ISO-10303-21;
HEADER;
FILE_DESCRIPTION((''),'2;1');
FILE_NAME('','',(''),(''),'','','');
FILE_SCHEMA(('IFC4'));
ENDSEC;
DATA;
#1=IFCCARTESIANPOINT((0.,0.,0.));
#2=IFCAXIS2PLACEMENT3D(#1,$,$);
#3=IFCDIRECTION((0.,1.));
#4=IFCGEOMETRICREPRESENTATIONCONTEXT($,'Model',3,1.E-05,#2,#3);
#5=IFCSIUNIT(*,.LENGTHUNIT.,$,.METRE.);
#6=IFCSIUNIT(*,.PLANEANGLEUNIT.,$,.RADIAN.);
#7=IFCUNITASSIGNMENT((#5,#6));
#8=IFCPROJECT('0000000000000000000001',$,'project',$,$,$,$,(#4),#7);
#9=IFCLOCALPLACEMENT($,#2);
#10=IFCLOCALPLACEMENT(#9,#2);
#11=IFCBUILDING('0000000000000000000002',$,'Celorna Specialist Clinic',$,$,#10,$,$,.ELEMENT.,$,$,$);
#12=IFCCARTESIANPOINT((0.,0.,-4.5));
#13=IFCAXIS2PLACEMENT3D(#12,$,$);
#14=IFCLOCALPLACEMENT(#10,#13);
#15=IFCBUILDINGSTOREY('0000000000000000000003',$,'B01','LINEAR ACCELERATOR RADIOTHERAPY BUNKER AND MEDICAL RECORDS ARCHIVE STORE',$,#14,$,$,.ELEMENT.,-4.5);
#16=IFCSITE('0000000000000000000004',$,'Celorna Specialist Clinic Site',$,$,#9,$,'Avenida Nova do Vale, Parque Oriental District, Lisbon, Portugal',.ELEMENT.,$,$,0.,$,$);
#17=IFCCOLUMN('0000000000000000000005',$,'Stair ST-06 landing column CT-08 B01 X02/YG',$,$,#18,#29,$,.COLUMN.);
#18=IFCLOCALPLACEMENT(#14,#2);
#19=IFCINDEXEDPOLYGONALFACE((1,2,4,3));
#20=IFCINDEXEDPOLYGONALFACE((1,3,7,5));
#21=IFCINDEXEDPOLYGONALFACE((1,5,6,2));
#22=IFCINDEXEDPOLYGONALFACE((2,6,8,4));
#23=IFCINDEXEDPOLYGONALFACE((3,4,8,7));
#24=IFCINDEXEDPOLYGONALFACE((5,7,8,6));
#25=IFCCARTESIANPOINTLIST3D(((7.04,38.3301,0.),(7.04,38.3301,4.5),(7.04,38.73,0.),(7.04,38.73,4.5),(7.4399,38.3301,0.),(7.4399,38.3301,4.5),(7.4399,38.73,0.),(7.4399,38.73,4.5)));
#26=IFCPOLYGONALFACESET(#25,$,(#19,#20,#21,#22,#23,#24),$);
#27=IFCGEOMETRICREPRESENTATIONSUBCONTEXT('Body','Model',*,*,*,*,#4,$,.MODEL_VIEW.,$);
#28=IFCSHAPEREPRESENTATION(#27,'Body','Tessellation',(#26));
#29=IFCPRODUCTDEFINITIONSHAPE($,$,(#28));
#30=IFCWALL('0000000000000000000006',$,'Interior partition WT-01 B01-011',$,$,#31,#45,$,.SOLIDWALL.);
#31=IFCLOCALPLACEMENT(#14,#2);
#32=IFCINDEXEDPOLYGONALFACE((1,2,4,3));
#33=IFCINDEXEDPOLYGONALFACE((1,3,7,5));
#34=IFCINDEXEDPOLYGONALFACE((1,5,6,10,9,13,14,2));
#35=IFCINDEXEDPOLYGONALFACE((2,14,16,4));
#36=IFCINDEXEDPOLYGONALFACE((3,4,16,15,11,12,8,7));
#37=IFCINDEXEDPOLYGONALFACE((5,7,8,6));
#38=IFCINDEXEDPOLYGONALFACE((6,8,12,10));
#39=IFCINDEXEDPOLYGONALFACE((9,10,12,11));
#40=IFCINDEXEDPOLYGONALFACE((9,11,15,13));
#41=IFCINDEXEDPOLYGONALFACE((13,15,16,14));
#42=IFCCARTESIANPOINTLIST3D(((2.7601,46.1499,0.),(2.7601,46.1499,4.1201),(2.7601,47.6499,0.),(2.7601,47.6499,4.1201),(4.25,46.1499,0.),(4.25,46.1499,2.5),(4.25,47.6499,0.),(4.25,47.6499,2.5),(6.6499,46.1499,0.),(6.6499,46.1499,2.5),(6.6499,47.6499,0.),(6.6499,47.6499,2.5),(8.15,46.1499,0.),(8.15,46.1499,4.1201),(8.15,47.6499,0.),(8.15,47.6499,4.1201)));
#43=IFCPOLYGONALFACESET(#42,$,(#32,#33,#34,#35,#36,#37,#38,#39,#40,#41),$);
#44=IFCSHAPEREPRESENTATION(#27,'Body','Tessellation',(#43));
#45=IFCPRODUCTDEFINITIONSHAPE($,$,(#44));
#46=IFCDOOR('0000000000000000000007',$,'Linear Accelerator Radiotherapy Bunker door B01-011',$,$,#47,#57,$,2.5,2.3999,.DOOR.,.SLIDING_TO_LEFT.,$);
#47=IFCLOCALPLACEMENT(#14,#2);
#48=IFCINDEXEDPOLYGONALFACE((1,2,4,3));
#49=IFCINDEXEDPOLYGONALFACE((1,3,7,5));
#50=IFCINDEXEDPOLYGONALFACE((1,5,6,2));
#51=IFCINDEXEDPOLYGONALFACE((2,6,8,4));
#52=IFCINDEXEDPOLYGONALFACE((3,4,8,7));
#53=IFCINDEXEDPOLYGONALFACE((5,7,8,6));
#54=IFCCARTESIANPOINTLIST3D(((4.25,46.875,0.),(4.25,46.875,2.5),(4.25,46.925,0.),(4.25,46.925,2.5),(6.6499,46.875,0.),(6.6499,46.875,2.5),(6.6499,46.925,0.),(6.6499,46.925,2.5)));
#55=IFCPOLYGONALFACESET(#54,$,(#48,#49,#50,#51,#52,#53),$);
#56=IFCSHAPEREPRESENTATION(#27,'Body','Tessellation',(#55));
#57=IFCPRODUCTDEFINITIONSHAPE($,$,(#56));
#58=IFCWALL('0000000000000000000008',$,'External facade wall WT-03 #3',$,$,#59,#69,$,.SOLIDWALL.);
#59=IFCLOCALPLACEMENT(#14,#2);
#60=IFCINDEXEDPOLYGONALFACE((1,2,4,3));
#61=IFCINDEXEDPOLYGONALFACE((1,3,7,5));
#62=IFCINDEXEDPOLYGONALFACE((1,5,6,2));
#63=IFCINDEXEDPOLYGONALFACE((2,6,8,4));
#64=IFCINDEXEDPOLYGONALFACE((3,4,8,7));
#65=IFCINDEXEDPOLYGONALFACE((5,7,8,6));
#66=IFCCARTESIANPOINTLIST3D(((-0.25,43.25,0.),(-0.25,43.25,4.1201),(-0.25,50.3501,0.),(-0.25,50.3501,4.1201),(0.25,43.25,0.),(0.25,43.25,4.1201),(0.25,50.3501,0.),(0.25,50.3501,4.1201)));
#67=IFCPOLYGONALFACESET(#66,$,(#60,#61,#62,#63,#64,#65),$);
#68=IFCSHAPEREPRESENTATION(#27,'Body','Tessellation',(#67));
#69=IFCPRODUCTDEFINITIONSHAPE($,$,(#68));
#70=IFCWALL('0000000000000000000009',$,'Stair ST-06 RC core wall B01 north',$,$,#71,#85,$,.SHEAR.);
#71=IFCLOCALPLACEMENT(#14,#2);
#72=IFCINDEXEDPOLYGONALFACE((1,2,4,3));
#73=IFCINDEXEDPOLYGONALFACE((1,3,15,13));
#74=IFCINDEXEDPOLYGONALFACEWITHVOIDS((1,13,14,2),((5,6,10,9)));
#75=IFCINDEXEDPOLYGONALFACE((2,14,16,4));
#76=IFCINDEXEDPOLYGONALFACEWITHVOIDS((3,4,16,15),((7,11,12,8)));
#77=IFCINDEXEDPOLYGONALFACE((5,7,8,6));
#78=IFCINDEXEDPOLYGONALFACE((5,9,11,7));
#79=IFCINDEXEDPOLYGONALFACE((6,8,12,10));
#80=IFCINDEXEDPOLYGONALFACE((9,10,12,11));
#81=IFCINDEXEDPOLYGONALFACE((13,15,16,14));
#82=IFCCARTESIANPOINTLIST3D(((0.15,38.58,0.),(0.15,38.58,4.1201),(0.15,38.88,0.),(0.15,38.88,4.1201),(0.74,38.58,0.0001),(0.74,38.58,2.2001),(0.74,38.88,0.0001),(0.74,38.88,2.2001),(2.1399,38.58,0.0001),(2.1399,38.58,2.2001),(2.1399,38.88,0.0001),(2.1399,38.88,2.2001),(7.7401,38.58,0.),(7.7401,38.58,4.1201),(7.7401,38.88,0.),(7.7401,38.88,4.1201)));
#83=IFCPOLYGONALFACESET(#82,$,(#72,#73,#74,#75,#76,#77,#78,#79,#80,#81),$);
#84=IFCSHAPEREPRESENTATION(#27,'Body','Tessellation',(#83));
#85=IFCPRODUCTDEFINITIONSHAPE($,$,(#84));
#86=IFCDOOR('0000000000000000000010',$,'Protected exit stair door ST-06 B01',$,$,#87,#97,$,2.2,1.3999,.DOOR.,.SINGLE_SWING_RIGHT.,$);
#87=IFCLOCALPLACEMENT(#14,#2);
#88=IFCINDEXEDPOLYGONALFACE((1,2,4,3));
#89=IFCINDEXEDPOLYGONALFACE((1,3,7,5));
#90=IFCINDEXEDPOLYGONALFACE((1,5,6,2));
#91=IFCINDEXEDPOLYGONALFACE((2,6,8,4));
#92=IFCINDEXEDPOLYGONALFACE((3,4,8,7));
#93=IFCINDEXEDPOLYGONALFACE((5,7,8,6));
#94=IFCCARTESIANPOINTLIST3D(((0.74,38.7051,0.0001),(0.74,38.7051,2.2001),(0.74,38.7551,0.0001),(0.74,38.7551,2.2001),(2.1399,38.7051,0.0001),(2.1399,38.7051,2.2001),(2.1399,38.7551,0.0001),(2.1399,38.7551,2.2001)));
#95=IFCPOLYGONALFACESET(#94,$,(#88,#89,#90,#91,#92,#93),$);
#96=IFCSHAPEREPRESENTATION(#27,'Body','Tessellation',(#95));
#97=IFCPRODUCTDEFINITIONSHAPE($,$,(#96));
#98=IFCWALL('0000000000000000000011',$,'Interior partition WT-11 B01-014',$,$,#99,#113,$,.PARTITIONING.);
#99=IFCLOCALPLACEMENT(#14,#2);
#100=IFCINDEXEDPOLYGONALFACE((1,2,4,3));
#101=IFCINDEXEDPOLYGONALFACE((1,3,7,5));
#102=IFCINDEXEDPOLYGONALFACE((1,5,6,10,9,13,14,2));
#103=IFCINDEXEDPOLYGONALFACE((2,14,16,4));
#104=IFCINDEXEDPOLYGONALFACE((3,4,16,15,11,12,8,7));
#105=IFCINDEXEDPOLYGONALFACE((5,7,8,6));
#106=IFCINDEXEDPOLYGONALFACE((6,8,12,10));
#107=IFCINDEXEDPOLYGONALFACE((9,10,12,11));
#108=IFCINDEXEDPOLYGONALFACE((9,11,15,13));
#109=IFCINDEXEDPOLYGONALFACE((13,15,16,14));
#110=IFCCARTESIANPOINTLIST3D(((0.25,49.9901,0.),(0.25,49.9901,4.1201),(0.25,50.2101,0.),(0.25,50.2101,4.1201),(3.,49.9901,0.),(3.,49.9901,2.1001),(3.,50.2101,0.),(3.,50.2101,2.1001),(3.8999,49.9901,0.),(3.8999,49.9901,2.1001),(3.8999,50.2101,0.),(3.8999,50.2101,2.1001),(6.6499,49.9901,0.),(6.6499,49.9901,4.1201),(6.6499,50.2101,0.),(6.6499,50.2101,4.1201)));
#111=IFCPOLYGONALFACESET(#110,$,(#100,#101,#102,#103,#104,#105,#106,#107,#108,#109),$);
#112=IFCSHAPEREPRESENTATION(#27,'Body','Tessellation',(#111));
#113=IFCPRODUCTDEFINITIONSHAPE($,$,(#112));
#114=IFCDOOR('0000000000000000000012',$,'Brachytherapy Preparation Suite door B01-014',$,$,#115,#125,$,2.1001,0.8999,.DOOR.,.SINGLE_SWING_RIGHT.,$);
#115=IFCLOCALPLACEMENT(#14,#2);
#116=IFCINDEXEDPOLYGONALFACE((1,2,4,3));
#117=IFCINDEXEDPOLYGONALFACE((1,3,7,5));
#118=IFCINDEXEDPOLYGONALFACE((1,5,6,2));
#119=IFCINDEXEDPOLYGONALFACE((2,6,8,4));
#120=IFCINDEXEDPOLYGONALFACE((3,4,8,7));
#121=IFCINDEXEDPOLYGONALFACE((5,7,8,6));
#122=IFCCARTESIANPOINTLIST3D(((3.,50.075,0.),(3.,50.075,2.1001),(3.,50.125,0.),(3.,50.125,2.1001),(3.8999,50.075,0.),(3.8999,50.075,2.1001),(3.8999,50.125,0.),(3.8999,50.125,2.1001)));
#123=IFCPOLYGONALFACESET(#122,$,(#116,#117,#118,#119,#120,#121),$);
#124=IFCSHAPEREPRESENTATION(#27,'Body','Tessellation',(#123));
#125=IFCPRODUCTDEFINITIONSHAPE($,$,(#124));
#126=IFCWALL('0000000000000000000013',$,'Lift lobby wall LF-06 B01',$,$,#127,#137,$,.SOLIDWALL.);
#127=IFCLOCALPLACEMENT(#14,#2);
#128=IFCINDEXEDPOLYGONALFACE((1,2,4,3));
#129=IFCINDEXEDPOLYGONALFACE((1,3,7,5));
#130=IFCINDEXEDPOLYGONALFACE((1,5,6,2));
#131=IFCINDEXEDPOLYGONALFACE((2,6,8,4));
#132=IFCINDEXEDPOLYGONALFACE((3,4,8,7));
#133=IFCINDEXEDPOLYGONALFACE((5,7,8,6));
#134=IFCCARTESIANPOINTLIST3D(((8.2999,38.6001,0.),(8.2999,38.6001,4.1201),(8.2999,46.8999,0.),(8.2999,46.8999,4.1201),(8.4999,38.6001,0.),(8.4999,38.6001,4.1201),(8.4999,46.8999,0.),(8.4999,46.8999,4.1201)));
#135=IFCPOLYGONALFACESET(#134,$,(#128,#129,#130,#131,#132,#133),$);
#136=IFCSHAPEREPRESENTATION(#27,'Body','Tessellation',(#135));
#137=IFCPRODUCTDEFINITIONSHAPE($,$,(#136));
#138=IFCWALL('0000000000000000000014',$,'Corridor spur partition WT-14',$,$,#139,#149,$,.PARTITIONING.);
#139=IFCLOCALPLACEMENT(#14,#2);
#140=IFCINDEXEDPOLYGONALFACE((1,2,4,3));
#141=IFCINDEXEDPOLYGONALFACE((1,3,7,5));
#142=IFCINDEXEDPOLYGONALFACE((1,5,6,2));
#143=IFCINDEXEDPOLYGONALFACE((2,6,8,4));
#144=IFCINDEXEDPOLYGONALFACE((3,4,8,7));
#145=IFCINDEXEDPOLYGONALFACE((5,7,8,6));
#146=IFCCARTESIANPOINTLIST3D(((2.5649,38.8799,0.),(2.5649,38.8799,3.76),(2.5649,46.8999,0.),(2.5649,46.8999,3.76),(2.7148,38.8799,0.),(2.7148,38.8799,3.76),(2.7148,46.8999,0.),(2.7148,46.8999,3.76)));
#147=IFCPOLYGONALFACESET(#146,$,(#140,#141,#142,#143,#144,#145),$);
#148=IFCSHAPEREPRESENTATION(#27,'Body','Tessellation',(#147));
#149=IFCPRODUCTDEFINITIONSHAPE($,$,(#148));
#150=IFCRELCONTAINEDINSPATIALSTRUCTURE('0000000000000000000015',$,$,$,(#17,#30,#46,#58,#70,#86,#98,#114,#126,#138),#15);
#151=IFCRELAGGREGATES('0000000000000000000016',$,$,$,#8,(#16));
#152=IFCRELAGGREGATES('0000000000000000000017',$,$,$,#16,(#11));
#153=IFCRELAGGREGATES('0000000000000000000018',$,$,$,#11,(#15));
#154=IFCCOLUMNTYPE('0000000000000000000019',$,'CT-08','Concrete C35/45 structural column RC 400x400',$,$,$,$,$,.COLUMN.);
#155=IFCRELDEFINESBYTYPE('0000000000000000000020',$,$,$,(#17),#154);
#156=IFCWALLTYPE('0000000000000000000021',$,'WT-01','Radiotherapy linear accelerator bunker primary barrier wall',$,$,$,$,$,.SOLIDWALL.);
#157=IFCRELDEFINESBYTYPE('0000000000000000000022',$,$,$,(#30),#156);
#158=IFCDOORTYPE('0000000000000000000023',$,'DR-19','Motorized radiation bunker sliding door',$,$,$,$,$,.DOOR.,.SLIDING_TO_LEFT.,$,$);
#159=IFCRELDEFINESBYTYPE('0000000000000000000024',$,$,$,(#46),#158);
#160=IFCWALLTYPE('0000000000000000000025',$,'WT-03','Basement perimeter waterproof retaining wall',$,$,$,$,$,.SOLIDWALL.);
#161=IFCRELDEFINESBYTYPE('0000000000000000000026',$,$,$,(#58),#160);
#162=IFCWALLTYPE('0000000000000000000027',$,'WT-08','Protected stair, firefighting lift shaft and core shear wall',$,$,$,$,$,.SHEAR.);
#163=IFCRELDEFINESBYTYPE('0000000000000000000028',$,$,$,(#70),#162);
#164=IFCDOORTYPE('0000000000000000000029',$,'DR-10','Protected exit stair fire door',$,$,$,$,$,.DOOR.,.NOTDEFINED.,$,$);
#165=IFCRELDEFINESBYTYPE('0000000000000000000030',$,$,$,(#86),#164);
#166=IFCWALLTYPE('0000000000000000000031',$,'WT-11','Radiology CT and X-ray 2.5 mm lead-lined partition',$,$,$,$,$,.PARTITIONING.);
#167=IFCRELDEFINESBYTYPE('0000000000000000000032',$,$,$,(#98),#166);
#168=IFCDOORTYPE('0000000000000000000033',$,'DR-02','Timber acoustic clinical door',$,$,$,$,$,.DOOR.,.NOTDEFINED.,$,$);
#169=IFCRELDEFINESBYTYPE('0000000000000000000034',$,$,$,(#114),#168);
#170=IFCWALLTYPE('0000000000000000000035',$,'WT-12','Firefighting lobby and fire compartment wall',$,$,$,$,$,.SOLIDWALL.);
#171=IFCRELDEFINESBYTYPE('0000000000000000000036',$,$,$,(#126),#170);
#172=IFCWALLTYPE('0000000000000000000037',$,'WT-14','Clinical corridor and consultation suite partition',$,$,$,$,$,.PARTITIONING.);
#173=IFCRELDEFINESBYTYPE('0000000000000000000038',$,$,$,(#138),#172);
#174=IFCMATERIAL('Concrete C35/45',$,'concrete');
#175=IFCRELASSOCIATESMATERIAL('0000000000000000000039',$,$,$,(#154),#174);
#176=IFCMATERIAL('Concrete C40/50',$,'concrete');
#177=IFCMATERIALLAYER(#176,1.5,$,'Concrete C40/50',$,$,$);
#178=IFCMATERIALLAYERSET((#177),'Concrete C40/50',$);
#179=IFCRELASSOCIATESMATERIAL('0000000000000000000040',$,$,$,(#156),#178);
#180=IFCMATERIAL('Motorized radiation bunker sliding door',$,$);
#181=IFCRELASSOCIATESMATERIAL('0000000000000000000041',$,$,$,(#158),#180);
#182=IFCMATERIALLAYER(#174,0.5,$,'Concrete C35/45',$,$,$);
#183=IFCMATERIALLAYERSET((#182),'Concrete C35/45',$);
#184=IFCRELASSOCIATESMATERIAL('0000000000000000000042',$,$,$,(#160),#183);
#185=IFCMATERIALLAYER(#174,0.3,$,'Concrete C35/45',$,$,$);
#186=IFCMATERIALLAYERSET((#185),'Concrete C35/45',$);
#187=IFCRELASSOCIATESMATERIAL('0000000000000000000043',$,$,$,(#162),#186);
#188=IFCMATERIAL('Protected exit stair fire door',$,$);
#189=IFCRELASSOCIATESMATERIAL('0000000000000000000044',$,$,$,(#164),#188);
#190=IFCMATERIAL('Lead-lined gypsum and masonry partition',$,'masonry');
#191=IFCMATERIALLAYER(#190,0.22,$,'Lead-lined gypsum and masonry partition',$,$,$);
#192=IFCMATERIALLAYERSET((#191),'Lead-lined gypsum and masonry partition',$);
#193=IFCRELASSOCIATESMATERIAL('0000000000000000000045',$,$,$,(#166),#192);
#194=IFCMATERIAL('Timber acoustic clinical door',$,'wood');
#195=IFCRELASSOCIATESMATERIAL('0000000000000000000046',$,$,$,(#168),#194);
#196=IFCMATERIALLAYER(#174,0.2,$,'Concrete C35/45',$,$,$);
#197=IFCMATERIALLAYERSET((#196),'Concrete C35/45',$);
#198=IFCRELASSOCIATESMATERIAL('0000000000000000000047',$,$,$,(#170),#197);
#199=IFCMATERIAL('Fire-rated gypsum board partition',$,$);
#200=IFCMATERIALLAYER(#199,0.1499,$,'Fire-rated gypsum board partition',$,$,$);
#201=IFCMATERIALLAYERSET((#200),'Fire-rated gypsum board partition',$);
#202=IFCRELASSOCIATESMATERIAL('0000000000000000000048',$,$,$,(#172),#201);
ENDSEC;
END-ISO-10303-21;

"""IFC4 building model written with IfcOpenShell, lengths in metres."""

from ifc_helpers import new_model, si_unit, direction, frame, frame_2d, origin, origin_2d, place, context, subcontext, project, spatial, rectangle, extrude, material, layer, layer_set, material_profile, profile_set, type_object, element, fill, save


model = new_model("IFC4")

# Units and contexts
model_context = context("Model", 3, precision=1e-05, world=origin(), true_north=direction((0.0, 1.0)))
body_context = subcontext(model_context, "Body", "Model", "MODEL_VIEW")
ifc_project = project(units=[si_unit("LENGTHUNIT", "METRE"), si_unit("PLANEANGLEUNIT", "RADIAN")], contexts=[model_context])

# Site, building, storey
site_placement = place(None, origin())
site = spatial("IfcSite", under=ifc_project, at=site_placement, Name="Celorna Specialist Clinic Site", LongName="Avenida Nova do Vale, Parque Oriental District, Lisbon, Portugal", CompositionType="ELEMENT", RefElevation=0.0)
building_placement = place(site_placement, origin())
building = spatial("IfcBuilding", under=site, at=building_placement, Name="Celorna Specialist Clinic", CompositionType="ELEMENT")
storey_placement = place(building_placement, frame((0.0, 0.0, -4.5)))
storey = spatial("IfcBuildingStorey", under=building, at=storey_placement, Name="B01", Description="LINEAR ACCELERATOR RADIOTHERAPY BUNKER AND MEDICAL RECORDS ARCHIVE STORE", CompositionType="ELEMENT", Elevation=-4.5)

# Shared definitions
ifc_material_1 = material(Name="Concrete C35/45", Category="concrete")

# Column
ifc_material_2 = material(Name="Concrete C40/50", Category="concrete")
ifc_material_profile_1 = material_profile(ifc_material_1, rectangle(XDim=0.3999, YDim=0.3999, at=origin_2d()), Name="RC 400x400")
ifc_profile_set_1 = profile_set([ifc_material_profile_1], Name="Concrete C35/45")
column_type_1 = type_object("IfcColumnType", Name="CT-08", Description="Concrete C35/45 structural column RC 400x400", PredefinedType="COLUMN", material=ifc_profile_set_1)
for number, where, z_axis, x_axis, name in (
    (1, (7.24, 38.53, 0.0), (0.0, 0.0, 1.0), (1.0, 0.0, 0.0), "Stair ST-06 landing column CT-08 B01 X02/YG"),
):
    element("IfcColumn", number, at=place(storey_placement, frame(where, z_axis=z_axis, x_axis=x_axis)), inside=storey, type_object=column_type_1, Name=name, PredefinedType="COLUMN", context=body_context, shape_type="SweptSolid", body=[
        extrude(rectangle(XDim=0.3999, YDim=0.3999, at=origin_2d()), origin(), (0.0, 0.0, 1.0), 4.5),
    ])

# Wall, opening, door
ifc_layer_1 = layer(ifc_material_2, 1.5, Name="Concrete C40/50")
ifc_layer_set_1 = layer_set([ifc_layer_1], Name="Concrete C40/50")
wall_type_1 = type_object("IfcWallType", Name="WT-01", Description="Radiotherapy linear accelerator bunker primary barrier wall", PredefinedType="SOLIDWALL", material=ifc_layer_set_1)
wall_1_placement = place(storey_placement, frame((8.1499, 46.8999, 0.0), z_axis=(0.0, 0.0, 1.0), x_axis=(-1.0, 0.0, 0.0)))
wall_1 = element("IfcWall", 2, at=wall_1_placement, inside=storey, type_object=wall_type_1, Name="Interior partition WT-01 B01-011", PredefinedType="SOLIDWALL", context=body_context, shape_type="SweptSolid", body=[
    extrude(rectangle(XDim=5.3899, YDim=1.5, at=frame_2d((2.6948, 0.0))), origin(), (0.0, 0.0, 1.0), 4.1201),
])
opening_1_placement = place(wall_1_placement, frame((1.5, 0.0, 0.0)))
opening_1 = element("IfcOpeningElement", 3, at=opening_1_placement, cuts=wall_1, PredefinedType="OPENING", context=body_context, shape_type="SweptSolid", body=[
    extrude(rectangle(XDim=2.3999, YDim=2.5, at=frame_2d((1.2, 1.25))), frame((0.0, 0.76, 0.0), z_axis=(0.0, -1.0, 0.0), x_axis=(1.0, 0.0, 0.0)), (0.0, 0.0, 1.0), 1.52),
])
ifc_material_3 = material(Name="Motorized radiation bunker sliding door")
door_type_1 = type_object("IfcDoorType", Name="DR-19", Description="Motorized radiation bunker sliding door", OperationType="SLIDING_TO_LEFT", PredefinedType="DOOR", material=ifc_material_3)
door_1_placement = place(opening_1_placement, origin())
door_1 = element("IfcDoor", 4, at=door_1_placement, inside=storey, type_object=door_type_1, Name="Linear Accelerator Radiotherapy Bunker door B01-011", OperationType="SLIDING_TO_LEFT", OverallHeight=2.5, OverallWidth=2.3999, PredefinedType="DOOR", context=body_context, shape_type="SweptSolid", body=[
    extrude(rectangle(XDim=2.3999, YDim=2.5, at=frame_2d((1.2, 1.25))), frame((0.0, 0.0249, 0.0), z_axis=(0.0, -1.0, 0.0), x_axis=(1.0, 0.0, 0.0)), (0.0, 0.0, 1.0), 0.05),
])
fill(opening_1, door_1)

# Wall
ifc_layer_2 = layer(ifc_material_1, 0.5, Name="Concrete C35/45")
ifc_layer_set_2 = layer_set([ifc_layer_2], Name="Concrete C35/45")
wall_type_2 = type_object("IfcWallType", Name="WT-03", Description="Basement perimeter waterproof retaining wall", PredefinedType="SOLIDWALL", material=ifc_layer_set_2)
wall_2_placement = place(storey_placement, frame((0.0, 43.25, 0.0), z_axis=(0.0, 0.0, 1.0), x_axis=(0.0, 1.0, 0.0)))
element("IfcWall", 5, at=wall_2_placement, inside=storey, type_object=wall_type_2, Name="External facade wall WT-03 #3", PredefinedType="SOLIDWALL", context=body_context, shape_type="SweptSolid", body=[
    extrude(rectangle(XDim=7.1001, YDim=0.5, at=frame_2d((3.55, 0.0))), origin(), (0.0, 0.0, 1.0), 4.1201),
])

# Walls, openings, doors
ifc_layer_3 = layer(ifc_material_1, 0.3, Name="Concrete C35/45")
ifc_layer_set_3 = layer_set([ifc_layer_3], Name="Concrete C35/45")
wall_type_3 = type_object("IfcWallType", Name="WT-08", Description="Protected stair, firefighting lift shaft and core shear wall", PredefinedType="SHEAR", material=ifc_layer_set_3)
wall_3_placement = place(storey_placement, frame((7.74, 38.73, 0.0), z_axis=(0.0, 0.0, 1.0), x_axis=(-1.0, 0.0, 0.0)))
wall_3 = element("IfcWall", 6, at=wall_3_placement, inside=storey, type_object=wall_type_3, Name="Stair ST-06 RC core wall B01 north", PredefinedType="SHEAR", context=body_context, shape_type="SweptSolid", body=[
    extrude(rectangle(XDim=7.5901, YDim=0.3, at=frame_2d((3.7949, 0.0))), origin(), (0.0, 0.0, 1.0), 4.1201),
])
opening_2_placement = place(wall_3_placement, frame((5.6001, 0.0, 0.0)))
opening_2 = element("IfcOpeningElement", 7, at=opening_2_placement, cuts=wall_3, PredefinedType="OPENING", context=body_context, shape_type="SweptSolid", body=[
    extrude(rectangle(XDim=1.3999, YDim=2.2, at=frame_2d((0.7, 1.1001))), frame((0.0, 0.1599, 0.0), z_axis=(0.0, -1.0, 0.0), x_axis=(1.0, 0.0, 0.0)), (0.0, 0.0, 1.0), 0.3201),
])
ifc_material_4 = material(Name="Protected exit stair fire door")
door_type_2 = type_object("IfcDoorType", Name="DR-10", Description="Protected exit stair fire door", OperationType="NOTDEFINED", PredefinedType="DOOR", material=ifc_material_4)
door_2_placement = place(opening_2_placement, origin())
door_2 = element("IfcDoor", 8, at=door_2_placement, inside=storey, type_object=door_type_2, Name="Protected exit stair door ST-06 B01", OperationType="SINGLE_SWING_RIGHT", OverallHeight=2.2, OverallWidth=1.3999, PredefinedType="DOOR", context=body_context, shape_type="SweptSolid", body=[
    extrude(rectangle(XDim=1.3999, YDim=2.2, at=frame_2d((0.7, 1.1001))), frame((0.0, 0.0249, 0.0), z_axis=(0.0, -1.0, 0.0), x_axis=(1.0, 0.0, 0.0)), (0.0, 0.0, 1.0), 0.05),
])
fill(opening_2, door_2)
ifc_material_5 = material(Name="Lead-lined gypsum and masonry partition", Category="masonry")
ifc_layer_4 = layer(ifc_material_5, 0.22, Name="Lead-lined gypsum and masonry partition")
ifc_layer_set_4 = layer_set([ifc_layer_4], Name="Lead-lined gypsum and masonry partition")
wall_type_4 = type_object("IfcWallType", Name="WT-11", Description="Radiology CT and X-ray 2.5 mm lead-lined partition", PredefinedType="PARTITIONING", material=ifc_layer_set_4)
wall_4_placement = place(storey_placement, frame((0.25, 50.1001, 0.0), z_axis=(0.0, 0.0, 1.0), x_axis=(1.0, 0.0, 0.0)))
wall_4 = element("IfcWall", 9, at=wall_4_placement, inside=storey, type_object=wall_type_4, Name="Interior partition WT-11 B01-014", PredefinedType="PARTITIONING", context=body_context, shape_type="SweptSolid", body=[
    extrude(rectangle(XDim=6.3999, YDim=0.22, at=frame_2d((3.2, 0.0))), origin(), (0.0, 0.0, 1.0), 4.1201),
])
opening_3_placement = place(wall_4_placement, frame((2.75, 0.0, 0.0)))
opening_3 = element("IfcOpeningElement", 10, at=opening_3_placement, cuts=wall_4, PredefinedType="OPENING", context=body_context, shape_type="SweptSolid", body=[
    extrude(rectangle(XDim=0.8999, YDim=2.1001, at=frame_2d((0.45, 1.05))), frame((0.0, 0.1199, 0.0), z_axis=(0.0, -1.0, 0.0), x_axis=(1.0, 0.0, 0.0)), (0.0, 0.0, 1.0), 0.24),
])
ifc_material_6 = material(Name="Timber acoustic clinical door", Category="wood")
door_type_3 = type_object("IfcDoorType", Name="DR-02", Description="Timber acoustic clinical door", OperationType="NOTDEFINED", PredefinedType="DOOR", material=ifc_material_6)
door_3_placement = place(opening_3_placement, origin())
door_3 = element("IfcDoor", 11, at=door_3_placement, inside=storey, type_object=door_type_3, Name="Brachytherapy Preparation Suite door B01-014", OperationType="SINGLE_SWING_RIGHT", OverallHeight=2.1001, OverallWidth=0.8999, PredefinedType="DOOR", context=body_context, shape_type="SweptSolid", body=[
    extrude(rectangle(XDim=0.8999, YDim=2.1001, at=frame_2d((0.45, 1.05))), frame((0.0, 0.0249, 0.0), z_axis=(0.0, -1.0, 0.0), x_axis=(1.0, 0.0, 0.0)), (0.0, 0.0, 1.0), 0.05),
])
fill(opening_3, door_3)

# Walls
ifc_layer_5 = layer(ifc_material_1, 0.2, Name="Concrete C35/45")
ifc_layer_set_5 = layer_set([ifc_layer_5], Name="Concrete C35/45")
wall_type_5 = type_object("IfcWallType", Name="WT-12", Description="Firefighting lobby and fire compartment wall", PredefinedType="SOLIDWALL", material=ifc_layer_set_5)
wall_5_placement = place(storey_placement, frame((8.3999, 46.8999, 0.0), z_axis=(0.0, 0.0, 1.0), x_axis=(0.0, -1.0, 0.0)))
element("IfcWall", 12, at=wall_5_placement, inside=storey, type_object=wall_type_5, Name="Lift lobby wall LF-06 B01", PredefinedType="SOLIDWALL", context=body_context, shape_type="SweptSolid", body=[
    extrude(rectangle(XDim=8.2998, YDim=0.2, at=frame_2d((4.1499, 0.0))), origin(), (0.0, 0.0, 1.0), 4.1201),
])
ifc_material_7 = material(Name="Fire-rated gypsum board partition")
ifc_layer_6 = layer(ifc_material_7, 0.1499, Name="Fire-rated gypsum board partition")
ifc_layer_set_6 = layer_set([ifc_layer_6], Name="Fire-rated gypsum board partition")
wall_type_6 = type_object("IfcWallType", Name="WT-14", Description="Clinical corridor and consultation suite partition", PredefinedType="PARTITIONING", material=ifc_layer_set_6)
wall_6_placement = place(storey_placement, frame((2.6399, 38.8799, 0.0), z_axis=(0.0, 0.0, 1.0), x_axis=(0.0, 1.0, 0.0)))
element("IfcWall", 13, at=wall_6_placement, inside=storey, type_object=wall_type_6, Name="Corridor spur partition WT-14", PredefinedType="PARTITIONING", context=body_context, shape_type="SweptSolid", body=[
    extrude(rectangle(XDim=8.02, YDim=0.1499, at=frame_2d((4.01, 0.0))), origin(), (0.0, 0.0, 1.0), 3.76),
])

save(model, "model.ifc")
